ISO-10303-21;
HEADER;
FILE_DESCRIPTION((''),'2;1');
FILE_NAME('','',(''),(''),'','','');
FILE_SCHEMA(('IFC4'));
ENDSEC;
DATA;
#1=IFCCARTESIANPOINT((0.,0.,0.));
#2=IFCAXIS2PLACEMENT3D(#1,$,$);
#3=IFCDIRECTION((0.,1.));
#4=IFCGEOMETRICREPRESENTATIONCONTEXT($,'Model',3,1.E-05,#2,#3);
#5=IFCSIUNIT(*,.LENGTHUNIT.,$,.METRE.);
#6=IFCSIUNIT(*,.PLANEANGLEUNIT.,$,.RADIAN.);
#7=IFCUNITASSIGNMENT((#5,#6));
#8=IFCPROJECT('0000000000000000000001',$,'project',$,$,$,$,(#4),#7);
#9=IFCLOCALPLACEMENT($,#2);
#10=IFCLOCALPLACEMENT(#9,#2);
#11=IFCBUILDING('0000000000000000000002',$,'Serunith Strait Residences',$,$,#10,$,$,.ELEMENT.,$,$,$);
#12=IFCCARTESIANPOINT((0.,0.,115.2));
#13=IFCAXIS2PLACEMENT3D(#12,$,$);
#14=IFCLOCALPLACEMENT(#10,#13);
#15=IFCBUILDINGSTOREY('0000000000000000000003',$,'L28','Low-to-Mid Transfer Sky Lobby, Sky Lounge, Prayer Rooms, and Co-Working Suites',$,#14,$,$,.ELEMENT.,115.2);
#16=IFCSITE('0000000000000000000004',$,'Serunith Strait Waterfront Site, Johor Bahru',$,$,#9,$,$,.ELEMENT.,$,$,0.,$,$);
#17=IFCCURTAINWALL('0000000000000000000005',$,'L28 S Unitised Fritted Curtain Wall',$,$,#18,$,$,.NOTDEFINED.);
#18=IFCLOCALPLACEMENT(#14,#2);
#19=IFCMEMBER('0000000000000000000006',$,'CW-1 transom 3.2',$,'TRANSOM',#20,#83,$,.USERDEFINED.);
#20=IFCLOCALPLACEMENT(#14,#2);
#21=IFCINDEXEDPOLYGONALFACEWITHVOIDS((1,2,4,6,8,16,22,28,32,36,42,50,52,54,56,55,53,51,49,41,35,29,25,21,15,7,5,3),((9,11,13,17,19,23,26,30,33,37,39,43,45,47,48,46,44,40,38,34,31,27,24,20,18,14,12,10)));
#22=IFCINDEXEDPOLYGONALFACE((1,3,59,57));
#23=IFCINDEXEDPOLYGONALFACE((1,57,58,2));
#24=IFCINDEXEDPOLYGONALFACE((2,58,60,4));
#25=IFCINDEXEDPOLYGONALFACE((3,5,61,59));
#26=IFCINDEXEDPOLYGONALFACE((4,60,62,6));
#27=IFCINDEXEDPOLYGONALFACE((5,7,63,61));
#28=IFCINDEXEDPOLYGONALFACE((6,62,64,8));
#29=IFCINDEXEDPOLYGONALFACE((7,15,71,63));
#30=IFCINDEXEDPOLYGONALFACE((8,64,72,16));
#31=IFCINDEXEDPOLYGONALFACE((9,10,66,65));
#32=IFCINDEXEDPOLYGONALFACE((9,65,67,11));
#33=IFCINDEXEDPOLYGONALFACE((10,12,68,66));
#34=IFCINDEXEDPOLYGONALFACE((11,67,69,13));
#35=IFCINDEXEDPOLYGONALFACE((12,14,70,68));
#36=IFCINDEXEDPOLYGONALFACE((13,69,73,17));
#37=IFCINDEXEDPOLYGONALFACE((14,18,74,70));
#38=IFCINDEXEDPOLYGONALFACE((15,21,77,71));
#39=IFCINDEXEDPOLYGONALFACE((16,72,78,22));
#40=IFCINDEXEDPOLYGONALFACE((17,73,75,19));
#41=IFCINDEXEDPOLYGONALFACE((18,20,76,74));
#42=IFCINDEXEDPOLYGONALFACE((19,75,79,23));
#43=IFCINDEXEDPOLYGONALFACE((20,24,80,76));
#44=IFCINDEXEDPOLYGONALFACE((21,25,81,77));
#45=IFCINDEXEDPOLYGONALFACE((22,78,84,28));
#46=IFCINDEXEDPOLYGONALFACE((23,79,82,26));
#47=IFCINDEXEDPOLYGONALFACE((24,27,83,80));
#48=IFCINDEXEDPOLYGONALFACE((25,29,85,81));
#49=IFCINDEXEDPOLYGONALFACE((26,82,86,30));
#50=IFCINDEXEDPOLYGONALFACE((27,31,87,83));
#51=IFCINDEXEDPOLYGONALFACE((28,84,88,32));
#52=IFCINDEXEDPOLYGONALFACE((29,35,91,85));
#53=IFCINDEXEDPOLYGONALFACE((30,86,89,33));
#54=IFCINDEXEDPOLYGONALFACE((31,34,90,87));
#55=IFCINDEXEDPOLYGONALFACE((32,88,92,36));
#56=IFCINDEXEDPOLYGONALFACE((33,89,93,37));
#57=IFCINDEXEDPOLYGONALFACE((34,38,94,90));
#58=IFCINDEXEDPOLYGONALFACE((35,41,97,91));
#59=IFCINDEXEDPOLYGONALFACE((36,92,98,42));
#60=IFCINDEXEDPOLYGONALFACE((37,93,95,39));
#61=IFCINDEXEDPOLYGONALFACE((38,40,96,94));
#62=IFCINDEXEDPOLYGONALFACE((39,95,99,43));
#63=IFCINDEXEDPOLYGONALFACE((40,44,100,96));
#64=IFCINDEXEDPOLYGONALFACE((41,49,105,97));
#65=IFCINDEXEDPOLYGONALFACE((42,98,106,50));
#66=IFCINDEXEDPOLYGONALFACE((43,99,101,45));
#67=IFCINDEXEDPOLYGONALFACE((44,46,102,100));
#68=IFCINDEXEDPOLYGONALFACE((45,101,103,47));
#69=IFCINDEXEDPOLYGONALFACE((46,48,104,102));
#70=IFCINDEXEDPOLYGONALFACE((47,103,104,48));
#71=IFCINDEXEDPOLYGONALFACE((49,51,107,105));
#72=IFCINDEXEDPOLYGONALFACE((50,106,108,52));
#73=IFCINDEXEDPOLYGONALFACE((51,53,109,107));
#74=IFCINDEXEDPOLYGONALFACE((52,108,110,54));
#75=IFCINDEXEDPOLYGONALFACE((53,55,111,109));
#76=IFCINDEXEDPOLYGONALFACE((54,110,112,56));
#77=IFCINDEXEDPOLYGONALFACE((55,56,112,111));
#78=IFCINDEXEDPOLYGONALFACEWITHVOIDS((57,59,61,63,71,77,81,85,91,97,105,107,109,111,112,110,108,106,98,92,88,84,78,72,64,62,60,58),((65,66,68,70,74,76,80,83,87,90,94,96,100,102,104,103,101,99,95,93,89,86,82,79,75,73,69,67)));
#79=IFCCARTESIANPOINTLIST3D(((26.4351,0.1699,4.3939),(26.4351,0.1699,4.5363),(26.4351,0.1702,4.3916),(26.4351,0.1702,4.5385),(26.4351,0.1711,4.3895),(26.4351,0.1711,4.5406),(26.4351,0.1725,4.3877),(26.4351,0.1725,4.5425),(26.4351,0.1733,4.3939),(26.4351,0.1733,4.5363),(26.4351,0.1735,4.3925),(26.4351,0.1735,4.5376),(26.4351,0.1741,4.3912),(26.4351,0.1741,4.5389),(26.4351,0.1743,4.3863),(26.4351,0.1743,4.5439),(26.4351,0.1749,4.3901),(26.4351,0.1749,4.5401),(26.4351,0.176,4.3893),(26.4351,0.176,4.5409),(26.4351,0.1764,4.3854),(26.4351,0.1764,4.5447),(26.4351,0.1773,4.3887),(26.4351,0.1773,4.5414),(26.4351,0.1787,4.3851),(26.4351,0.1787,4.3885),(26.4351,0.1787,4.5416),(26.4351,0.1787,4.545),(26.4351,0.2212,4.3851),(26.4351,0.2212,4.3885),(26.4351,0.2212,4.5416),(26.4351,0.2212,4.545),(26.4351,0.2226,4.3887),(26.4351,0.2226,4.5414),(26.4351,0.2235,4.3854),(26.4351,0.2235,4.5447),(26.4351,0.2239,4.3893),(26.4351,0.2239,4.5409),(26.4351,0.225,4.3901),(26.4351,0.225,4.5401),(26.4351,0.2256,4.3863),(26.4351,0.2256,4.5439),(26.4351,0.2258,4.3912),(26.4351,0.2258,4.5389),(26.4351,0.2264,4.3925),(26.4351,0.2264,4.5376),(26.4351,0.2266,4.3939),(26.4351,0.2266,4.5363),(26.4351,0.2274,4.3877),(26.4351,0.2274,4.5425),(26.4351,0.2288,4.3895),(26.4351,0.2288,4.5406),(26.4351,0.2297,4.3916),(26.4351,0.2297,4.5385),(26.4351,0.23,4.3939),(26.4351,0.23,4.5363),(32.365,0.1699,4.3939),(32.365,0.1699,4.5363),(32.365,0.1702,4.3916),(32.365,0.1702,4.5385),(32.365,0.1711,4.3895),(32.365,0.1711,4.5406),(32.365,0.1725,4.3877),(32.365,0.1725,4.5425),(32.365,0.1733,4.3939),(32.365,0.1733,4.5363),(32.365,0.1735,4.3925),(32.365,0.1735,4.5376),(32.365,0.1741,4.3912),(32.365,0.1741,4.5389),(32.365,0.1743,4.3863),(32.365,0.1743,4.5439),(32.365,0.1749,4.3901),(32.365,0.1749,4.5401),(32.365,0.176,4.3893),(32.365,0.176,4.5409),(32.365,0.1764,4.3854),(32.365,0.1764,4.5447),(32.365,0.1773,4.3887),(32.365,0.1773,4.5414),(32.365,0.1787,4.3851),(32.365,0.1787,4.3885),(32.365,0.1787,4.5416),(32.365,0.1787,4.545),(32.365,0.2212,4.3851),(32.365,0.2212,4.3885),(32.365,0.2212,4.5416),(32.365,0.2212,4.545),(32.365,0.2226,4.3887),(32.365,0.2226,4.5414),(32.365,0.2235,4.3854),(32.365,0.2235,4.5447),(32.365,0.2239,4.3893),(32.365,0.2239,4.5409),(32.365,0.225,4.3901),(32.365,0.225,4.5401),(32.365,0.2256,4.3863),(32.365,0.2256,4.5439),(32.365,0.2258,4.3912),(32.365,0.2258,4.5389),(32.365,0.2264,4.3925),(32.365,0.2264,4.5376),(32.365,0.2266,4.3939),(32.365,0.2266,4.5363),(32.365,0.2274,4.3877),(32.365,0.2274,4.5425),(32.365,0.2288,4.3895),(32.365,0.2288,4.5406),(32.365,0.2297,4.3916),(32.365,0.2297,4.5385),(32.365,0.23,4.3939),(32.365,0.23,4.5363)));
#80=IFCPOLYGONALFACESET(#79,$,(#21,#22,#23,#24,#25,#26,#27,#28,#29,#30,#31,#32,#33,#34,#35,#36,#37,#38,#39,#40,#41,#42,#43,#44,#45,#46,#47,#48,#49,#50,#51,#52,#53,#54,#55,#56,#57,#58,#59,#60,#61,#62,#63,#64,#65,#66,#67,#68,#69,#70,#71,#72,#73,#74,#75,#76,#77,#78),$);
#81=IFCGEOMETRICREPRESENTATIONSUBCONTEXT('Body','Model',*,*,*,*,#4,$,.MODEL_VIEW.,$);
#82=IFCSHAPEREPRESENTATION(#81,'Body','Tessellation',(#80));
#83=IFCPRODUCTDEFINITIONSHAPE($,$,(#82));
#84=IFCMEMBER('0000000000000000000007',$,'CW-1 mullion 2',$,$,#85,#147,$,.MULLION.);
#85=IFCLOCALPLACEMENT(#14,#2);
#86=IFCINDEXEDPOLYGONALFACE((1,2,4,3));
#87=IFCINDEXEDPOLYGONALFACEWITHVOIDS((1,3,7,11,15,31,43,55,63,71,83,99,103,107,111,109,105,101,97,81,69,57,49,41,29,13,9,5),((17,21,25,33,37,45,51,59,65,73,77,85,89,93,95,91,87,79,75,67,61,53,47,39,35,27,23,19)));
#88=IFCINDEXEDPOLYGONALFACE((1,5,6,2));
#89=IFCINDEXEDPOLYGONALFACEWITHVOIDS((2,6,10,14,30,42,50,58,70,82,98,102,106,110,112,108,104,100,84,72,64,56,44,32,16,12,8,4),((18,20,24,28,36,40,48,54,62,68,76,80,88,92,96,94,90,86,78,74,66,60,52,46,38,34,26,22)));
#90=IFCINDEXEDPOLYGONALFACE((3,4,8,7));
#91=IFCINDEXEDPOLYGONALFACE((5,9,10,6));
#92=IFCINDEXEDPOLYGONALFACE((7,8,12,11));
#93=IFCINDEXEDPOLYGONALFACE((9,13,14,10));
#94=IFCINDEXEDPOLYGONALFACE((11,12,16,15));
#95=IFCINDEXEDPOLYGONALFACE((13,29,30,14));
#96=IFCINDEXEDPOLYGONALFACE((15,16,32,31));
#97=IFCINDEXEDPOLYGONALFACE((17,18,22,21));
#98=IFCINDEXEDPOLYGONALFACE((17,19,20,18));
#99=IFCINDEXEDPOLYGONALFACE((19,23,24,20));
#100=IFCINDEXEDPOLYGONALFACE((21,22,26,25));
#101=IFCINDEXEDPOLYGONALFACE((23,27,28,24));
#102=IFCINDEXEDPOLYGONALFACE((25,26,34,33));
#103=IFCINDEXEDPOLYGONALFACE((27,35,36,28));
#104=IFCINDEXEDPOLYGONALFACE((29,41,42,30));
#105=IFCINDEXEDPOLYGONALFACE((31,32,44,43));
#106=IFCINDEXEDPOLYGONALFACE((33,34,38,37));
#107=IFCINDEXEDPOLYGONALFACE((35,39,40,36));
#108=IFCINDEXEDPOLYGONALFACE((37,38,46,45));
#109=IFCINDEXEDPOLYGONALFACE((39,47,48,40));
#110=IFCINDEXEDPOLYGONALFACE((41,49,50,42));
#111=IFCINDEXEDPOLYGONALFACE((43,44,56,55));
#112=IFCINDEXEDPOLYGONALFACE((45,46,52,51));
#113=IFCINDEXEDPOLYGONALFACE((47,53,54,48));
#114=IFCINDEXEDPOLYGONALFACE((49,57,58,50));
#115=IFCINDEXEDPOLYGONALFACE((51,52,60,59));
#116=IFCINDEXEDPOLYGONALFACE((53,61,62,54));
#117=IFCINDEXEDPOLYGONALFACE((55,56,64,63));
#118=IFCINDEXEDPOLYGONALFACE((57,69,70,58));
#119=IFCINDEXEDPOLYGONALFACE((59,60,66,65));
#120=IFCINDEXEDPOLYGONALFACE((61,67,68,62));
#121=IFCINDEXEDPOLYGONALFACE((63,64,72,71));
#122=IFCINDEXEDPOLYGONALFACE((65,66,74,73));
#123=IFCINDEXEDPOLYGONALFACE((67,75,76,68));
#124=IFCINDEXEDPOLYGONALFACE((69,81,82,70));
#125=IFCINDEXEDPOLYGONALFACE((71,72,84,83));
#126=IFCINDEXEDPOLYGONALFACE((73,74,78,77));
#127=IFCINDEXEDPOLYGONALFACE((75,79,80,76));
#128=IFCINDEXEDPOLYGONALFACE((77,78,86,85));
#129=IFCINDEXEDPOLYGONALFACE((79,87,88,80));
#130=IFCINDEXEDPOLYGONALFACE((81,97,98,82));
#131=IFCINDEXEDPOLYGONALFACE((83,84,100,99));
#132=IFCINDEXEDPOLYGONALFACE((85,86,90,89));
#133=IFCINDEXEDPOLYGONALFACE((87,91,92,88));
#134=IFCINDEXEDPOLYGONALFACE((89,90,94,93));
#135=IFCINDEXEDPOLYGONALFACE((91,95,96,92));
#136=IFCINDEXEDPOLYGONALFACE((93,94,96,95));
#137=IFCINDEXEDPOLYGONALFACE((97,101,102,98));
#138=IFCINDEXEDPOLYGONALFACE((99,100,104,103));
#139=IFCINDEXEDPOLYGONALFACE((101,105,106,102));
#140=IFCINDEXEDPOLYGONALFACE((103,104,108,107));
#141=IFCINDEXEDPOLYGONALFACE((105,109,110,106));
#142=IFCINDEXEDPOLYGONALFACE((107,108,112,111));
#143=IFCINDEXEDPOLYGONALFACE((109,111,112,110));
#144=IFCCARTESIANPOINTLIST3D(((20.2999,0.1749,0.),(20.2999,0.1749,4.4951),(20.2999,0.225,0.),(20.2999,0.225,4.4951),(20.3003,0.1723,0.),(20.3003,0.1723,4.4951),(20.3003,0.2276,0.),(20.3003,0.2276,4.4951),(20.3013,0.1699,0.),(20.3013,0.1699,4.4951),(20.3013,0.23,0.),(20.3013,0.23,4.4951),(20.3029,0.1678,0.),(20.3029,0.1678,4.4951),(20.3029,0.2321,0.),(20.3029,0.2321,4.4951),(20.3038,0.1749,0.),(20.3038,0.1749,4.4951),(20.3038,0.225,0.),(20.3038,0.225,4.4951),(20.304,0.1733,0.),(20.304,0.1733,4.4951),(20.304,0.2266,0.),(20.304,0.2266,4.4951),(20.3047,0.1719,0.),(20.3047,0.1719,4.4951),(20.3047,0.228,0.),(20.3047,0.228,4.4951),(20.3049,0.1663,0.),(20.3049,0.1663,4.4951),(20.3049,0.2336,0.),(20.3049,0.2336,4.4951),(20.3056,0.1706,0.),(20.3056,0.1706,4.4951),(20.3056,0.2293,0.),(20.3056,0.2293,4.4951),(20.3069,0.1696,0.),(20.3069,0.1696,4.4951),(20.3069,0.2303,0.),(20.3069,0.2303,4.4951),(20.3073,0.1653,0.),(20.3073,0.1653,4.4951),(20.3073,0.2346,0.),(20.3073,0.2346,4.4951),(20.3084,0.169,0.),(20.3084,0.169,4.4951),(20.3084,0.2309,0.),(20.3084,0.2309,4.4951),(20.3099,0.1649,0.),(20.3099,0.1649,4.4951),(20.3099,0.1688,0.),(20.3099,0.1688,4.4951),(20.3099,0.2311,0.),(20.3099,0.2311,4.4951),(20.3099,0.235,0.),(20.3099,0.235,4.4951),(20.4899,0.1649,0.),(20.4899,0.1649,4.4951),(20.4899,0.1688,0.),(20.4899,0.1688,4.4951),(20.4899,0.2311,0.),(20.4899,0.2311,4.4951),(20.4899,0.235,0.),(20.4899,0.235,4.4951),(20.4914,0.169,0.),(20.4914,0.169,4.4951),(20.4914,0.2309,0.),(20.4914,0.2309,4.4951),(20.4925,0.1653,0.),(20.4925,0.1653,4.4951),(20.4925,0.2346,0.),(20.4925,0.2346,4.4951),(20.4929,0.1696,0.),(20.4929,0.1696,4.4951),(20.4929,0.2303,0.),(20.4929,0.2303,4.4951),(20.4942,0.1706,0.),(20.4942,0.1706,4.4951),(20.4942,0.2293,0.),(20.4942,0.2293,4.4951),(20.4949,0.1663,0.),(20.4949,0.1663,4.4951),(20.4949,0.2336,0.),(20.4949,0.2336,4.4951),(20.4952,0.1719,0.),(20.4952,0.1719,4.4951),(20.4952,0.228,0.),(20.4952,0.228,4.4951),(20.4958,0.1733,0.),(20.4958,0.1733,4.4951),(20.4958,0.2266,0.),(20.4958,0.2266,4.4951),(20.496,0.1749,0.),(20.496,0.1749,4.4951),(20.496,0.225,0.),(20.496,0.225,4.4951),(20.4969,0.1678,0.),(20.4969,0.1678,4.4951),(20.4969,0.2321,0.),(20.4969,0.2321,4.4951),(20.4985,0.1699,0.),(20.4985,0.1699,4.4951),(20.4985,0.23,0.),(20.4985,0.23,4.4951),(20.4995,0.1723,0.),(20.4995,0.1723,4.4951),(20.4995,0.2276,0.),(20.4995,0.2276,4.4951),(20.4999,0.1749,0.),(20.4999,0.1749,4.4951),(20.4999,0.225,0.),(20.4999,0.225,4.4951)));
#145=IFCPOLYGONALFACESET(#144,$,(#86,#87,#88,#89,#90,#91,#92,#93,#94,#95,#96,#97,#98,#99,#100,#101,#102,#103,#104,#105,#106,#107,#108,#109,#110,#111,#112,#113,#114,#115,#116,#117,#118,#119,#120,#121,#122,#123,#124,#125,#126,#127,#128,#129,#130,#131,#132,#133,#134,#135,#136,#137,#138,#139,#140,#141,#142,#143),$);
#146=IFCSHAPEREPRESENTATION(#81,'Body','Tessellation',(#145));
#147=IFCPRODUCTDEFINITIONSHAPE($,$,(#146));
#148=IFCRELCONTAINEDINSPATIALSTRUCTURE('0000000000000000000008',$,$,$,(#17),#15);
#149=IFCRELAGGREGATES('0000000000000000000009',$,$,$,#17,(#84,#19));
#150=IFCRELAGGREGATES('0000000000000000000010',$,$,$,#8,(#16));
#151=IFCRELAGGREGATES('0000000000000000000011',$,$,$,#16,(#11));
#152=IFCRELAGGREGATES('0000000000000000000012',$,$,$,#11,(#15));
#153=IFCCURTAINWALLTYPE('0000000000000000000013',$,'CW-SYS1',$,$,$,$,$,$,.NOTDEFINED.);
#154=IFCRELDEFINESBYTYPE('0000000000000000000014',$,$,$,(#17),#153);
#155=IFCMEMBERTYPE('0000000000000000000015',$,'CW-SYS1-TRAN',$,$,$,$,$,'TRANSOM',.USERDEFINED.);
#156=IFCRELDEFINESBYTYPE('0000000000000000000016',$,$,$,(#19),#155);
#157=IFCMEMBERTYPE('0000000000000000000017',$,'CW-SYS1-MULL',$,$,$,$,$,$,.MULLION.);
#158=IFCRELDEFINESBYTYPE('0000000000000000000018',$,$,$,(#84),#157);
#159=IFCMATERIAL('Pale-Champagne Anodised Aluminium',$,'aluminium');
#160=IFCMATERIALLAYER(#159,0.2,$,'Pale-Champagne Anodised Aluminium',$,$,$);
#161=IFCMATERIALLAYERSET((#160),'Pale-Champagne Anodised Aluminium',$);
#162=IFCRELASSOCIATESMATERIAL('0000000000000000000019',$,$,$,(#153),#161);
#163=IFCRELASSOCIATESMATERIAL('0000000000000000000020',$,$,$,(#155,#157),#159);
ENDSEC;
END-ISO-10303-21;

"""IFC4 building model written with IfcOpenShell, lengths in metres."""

from ifc_helpers import new_model, si_unit, direction, frame, origin, origin_2d, place, context, subcontext, project, spatial, hollow_rectangle, extrude, source, transform, mapped, material, layer, layer_set, material_profile, profile_set, type_object, element, aggregate, save


model = new_model("IFC4")

# Units and contexts
model_context = context("Model", 3, precision=1e-05, world=origin(), true_north=direction((0.0, 1.0)))
body_context = subcontext(model_context, "Body", "Model", "MODEL_VIEW")
ifc_project = project(units=[si_unit("LENGTHUNIT", "METRE"), si_unit("PLANEANGLEUNIT", "RADIAN")], contexts=[model_context])

# Site, building, storey
site_placement = place(None, origin())
site = spatial("IfcSite", under=ifc_project, at=site_placement, Name="Serunith Strait Waterfront Site, Johor Bahru", CompositionType="ELEMENT", RefElevation=0.0)
building_placement = place(site_placement, origin())
building = spatial("IfcBuilding", under=site, at=building_placement, Name="Serunith Strait Residences", CompositionType="ELEMENT")
storey_placement = place(building_placement, frame((0.0, 0.0, 115.2)))
storey = spatial("IfcBuildingStorey", under=building, at=storey_placement, Name="L28", Description="Low-to-Mid Transfer Sky Lobby, Sky Lounge, Prayer Rooms, and Co-Working Suites", CompositionType="ELEMENT", Elevation=115.2)

# Curtain wall, members
ifc_material_1 = material(Name="Pale-Champagne Anodised Aluminium", Category="aluminium")
ifc_layer_1 = layer(ifc_material_1, 0.2, Name="Pale-Champagne Anodised Aluminium")
ifc_layer_set_1 = layer_set([ifc_layer_1], Name="Pale-Champagne Anodised Aluminium")
curtain_wall_type = type_object("IfcCurtainWallType", Name="CW-SYS1", PredefinedType="NOTDEFINED", material=ifc_layer_set_1)
curtain_wall_placement = place(storey_placement, origin())
curtain_wall = element("IfcCurtainWall", 1, at=curtain_wall_placement, inside=storey, type_object=curtain_wall_type, Name="L28 S Unitised Fritted Curtain Wall", PredefinedType="NOTDEFINED")
ifc_material_profile_1 = material_profile(ifc_material_1, hollow_rectangle(XDim=0.0601, YDim=0.1599, WallThickness=0.0034, InnerFilletRadius=0.0054, OuterFilletRadius=0.0088, at=origin_2d()), Name="ALU 160x60x3.5")
ifc_profile_set_1 = profile_set([ifc_material_profile_1], Name="Pale-Champagne Anodised Aluminium")
member_type_1 = type_object("IfcMemberType", Name="CW-SYS1-TRAN", ElementType="TRANSOM", PredefinedType="USERDEFINED", material=ifc_profile_set_1)
shared_shape_1 = source(origin(), body_context, "Body", "SweptSolid", [
    extrude(hollow_rectangle(XDim=0.0601, YDim=0.1599, WallThickness=0.0034, InnerFilletRadius=0.0054, OuterFilletRadius=0.0088, at=origin_2d()), origin(), (0.0, 0.0, 1.0), 5.9299),
])
member_1_placement = place(storey_placement, frame((26.4351, 0.2, 4.4651), z_axis=(1.0, 0.0, 0.0), x_axis=(0.0, 1.0, 0.0)))
member_1 = element("IfcMember", 2, at=member_1_placement, type_object=member_type_1, Name="CW-1 transom 3.2", ObjectType="TRANSOM", PredefinedType="USERDEFINED", context=body_context, shape_type="MappedRepresentation", body=[
    mapped(shared_shape_1, transform((0.0, 0.0, 0.0), scale=1.0)),
])
ifc_material_profile_2 = material_profile(ifc_material_1, hollow_rectangle(XDim=0.0701, YDim=0.2, WallThickness=0.0039, InnerFilletRadius=0.0061, OuterFilletRadius=0.01, at=origin_2d()), Name="ALU 200x70x4")
ifc_profile_set_2 = profile_set([ifc_material_profile_2], Name="Pale-Champagne Anodised Aluminium")
member_type_2 = type_object("IfcMemberType", Name="CW-SYS1-MULL", PredefinedType="MULLION", material=ifc_profile_set_2)
shared_shape_2 = source(origin(), body_context, "Body", "SweptSolid", [
    extrude(hollow_rectangle(XDim=0.0701, YDim=0.2, WallThickness=0.0039, InnerFilletRadius=0.0061, OuterFilletRadius=0.01, at=origin_2d()), origin(), (0.0, 0.0, 1.0), 4.4951),
])
member_2_placement = place(storey_placement, frame((20.3999, 0.2, 0.0), z_axis=(0.0, 0.0, 1.0), x_axis=(0.0, 1.0, 0.0)))
member_2 = element("IfcMember", 3, at=member_2_placement, type_object=member_type_2, Name="CW-1 mullion 2", PredefinedType="MULLION", context=body_context, shape_type="MappedRepresentation", body=[
    mapped(shared_shape_2, transform((0.0, 0.0, 0.0), scale=1.0)),
])
aggregate(curtain_wall, [member_2, member_1])

save(model, "model.ifc")
